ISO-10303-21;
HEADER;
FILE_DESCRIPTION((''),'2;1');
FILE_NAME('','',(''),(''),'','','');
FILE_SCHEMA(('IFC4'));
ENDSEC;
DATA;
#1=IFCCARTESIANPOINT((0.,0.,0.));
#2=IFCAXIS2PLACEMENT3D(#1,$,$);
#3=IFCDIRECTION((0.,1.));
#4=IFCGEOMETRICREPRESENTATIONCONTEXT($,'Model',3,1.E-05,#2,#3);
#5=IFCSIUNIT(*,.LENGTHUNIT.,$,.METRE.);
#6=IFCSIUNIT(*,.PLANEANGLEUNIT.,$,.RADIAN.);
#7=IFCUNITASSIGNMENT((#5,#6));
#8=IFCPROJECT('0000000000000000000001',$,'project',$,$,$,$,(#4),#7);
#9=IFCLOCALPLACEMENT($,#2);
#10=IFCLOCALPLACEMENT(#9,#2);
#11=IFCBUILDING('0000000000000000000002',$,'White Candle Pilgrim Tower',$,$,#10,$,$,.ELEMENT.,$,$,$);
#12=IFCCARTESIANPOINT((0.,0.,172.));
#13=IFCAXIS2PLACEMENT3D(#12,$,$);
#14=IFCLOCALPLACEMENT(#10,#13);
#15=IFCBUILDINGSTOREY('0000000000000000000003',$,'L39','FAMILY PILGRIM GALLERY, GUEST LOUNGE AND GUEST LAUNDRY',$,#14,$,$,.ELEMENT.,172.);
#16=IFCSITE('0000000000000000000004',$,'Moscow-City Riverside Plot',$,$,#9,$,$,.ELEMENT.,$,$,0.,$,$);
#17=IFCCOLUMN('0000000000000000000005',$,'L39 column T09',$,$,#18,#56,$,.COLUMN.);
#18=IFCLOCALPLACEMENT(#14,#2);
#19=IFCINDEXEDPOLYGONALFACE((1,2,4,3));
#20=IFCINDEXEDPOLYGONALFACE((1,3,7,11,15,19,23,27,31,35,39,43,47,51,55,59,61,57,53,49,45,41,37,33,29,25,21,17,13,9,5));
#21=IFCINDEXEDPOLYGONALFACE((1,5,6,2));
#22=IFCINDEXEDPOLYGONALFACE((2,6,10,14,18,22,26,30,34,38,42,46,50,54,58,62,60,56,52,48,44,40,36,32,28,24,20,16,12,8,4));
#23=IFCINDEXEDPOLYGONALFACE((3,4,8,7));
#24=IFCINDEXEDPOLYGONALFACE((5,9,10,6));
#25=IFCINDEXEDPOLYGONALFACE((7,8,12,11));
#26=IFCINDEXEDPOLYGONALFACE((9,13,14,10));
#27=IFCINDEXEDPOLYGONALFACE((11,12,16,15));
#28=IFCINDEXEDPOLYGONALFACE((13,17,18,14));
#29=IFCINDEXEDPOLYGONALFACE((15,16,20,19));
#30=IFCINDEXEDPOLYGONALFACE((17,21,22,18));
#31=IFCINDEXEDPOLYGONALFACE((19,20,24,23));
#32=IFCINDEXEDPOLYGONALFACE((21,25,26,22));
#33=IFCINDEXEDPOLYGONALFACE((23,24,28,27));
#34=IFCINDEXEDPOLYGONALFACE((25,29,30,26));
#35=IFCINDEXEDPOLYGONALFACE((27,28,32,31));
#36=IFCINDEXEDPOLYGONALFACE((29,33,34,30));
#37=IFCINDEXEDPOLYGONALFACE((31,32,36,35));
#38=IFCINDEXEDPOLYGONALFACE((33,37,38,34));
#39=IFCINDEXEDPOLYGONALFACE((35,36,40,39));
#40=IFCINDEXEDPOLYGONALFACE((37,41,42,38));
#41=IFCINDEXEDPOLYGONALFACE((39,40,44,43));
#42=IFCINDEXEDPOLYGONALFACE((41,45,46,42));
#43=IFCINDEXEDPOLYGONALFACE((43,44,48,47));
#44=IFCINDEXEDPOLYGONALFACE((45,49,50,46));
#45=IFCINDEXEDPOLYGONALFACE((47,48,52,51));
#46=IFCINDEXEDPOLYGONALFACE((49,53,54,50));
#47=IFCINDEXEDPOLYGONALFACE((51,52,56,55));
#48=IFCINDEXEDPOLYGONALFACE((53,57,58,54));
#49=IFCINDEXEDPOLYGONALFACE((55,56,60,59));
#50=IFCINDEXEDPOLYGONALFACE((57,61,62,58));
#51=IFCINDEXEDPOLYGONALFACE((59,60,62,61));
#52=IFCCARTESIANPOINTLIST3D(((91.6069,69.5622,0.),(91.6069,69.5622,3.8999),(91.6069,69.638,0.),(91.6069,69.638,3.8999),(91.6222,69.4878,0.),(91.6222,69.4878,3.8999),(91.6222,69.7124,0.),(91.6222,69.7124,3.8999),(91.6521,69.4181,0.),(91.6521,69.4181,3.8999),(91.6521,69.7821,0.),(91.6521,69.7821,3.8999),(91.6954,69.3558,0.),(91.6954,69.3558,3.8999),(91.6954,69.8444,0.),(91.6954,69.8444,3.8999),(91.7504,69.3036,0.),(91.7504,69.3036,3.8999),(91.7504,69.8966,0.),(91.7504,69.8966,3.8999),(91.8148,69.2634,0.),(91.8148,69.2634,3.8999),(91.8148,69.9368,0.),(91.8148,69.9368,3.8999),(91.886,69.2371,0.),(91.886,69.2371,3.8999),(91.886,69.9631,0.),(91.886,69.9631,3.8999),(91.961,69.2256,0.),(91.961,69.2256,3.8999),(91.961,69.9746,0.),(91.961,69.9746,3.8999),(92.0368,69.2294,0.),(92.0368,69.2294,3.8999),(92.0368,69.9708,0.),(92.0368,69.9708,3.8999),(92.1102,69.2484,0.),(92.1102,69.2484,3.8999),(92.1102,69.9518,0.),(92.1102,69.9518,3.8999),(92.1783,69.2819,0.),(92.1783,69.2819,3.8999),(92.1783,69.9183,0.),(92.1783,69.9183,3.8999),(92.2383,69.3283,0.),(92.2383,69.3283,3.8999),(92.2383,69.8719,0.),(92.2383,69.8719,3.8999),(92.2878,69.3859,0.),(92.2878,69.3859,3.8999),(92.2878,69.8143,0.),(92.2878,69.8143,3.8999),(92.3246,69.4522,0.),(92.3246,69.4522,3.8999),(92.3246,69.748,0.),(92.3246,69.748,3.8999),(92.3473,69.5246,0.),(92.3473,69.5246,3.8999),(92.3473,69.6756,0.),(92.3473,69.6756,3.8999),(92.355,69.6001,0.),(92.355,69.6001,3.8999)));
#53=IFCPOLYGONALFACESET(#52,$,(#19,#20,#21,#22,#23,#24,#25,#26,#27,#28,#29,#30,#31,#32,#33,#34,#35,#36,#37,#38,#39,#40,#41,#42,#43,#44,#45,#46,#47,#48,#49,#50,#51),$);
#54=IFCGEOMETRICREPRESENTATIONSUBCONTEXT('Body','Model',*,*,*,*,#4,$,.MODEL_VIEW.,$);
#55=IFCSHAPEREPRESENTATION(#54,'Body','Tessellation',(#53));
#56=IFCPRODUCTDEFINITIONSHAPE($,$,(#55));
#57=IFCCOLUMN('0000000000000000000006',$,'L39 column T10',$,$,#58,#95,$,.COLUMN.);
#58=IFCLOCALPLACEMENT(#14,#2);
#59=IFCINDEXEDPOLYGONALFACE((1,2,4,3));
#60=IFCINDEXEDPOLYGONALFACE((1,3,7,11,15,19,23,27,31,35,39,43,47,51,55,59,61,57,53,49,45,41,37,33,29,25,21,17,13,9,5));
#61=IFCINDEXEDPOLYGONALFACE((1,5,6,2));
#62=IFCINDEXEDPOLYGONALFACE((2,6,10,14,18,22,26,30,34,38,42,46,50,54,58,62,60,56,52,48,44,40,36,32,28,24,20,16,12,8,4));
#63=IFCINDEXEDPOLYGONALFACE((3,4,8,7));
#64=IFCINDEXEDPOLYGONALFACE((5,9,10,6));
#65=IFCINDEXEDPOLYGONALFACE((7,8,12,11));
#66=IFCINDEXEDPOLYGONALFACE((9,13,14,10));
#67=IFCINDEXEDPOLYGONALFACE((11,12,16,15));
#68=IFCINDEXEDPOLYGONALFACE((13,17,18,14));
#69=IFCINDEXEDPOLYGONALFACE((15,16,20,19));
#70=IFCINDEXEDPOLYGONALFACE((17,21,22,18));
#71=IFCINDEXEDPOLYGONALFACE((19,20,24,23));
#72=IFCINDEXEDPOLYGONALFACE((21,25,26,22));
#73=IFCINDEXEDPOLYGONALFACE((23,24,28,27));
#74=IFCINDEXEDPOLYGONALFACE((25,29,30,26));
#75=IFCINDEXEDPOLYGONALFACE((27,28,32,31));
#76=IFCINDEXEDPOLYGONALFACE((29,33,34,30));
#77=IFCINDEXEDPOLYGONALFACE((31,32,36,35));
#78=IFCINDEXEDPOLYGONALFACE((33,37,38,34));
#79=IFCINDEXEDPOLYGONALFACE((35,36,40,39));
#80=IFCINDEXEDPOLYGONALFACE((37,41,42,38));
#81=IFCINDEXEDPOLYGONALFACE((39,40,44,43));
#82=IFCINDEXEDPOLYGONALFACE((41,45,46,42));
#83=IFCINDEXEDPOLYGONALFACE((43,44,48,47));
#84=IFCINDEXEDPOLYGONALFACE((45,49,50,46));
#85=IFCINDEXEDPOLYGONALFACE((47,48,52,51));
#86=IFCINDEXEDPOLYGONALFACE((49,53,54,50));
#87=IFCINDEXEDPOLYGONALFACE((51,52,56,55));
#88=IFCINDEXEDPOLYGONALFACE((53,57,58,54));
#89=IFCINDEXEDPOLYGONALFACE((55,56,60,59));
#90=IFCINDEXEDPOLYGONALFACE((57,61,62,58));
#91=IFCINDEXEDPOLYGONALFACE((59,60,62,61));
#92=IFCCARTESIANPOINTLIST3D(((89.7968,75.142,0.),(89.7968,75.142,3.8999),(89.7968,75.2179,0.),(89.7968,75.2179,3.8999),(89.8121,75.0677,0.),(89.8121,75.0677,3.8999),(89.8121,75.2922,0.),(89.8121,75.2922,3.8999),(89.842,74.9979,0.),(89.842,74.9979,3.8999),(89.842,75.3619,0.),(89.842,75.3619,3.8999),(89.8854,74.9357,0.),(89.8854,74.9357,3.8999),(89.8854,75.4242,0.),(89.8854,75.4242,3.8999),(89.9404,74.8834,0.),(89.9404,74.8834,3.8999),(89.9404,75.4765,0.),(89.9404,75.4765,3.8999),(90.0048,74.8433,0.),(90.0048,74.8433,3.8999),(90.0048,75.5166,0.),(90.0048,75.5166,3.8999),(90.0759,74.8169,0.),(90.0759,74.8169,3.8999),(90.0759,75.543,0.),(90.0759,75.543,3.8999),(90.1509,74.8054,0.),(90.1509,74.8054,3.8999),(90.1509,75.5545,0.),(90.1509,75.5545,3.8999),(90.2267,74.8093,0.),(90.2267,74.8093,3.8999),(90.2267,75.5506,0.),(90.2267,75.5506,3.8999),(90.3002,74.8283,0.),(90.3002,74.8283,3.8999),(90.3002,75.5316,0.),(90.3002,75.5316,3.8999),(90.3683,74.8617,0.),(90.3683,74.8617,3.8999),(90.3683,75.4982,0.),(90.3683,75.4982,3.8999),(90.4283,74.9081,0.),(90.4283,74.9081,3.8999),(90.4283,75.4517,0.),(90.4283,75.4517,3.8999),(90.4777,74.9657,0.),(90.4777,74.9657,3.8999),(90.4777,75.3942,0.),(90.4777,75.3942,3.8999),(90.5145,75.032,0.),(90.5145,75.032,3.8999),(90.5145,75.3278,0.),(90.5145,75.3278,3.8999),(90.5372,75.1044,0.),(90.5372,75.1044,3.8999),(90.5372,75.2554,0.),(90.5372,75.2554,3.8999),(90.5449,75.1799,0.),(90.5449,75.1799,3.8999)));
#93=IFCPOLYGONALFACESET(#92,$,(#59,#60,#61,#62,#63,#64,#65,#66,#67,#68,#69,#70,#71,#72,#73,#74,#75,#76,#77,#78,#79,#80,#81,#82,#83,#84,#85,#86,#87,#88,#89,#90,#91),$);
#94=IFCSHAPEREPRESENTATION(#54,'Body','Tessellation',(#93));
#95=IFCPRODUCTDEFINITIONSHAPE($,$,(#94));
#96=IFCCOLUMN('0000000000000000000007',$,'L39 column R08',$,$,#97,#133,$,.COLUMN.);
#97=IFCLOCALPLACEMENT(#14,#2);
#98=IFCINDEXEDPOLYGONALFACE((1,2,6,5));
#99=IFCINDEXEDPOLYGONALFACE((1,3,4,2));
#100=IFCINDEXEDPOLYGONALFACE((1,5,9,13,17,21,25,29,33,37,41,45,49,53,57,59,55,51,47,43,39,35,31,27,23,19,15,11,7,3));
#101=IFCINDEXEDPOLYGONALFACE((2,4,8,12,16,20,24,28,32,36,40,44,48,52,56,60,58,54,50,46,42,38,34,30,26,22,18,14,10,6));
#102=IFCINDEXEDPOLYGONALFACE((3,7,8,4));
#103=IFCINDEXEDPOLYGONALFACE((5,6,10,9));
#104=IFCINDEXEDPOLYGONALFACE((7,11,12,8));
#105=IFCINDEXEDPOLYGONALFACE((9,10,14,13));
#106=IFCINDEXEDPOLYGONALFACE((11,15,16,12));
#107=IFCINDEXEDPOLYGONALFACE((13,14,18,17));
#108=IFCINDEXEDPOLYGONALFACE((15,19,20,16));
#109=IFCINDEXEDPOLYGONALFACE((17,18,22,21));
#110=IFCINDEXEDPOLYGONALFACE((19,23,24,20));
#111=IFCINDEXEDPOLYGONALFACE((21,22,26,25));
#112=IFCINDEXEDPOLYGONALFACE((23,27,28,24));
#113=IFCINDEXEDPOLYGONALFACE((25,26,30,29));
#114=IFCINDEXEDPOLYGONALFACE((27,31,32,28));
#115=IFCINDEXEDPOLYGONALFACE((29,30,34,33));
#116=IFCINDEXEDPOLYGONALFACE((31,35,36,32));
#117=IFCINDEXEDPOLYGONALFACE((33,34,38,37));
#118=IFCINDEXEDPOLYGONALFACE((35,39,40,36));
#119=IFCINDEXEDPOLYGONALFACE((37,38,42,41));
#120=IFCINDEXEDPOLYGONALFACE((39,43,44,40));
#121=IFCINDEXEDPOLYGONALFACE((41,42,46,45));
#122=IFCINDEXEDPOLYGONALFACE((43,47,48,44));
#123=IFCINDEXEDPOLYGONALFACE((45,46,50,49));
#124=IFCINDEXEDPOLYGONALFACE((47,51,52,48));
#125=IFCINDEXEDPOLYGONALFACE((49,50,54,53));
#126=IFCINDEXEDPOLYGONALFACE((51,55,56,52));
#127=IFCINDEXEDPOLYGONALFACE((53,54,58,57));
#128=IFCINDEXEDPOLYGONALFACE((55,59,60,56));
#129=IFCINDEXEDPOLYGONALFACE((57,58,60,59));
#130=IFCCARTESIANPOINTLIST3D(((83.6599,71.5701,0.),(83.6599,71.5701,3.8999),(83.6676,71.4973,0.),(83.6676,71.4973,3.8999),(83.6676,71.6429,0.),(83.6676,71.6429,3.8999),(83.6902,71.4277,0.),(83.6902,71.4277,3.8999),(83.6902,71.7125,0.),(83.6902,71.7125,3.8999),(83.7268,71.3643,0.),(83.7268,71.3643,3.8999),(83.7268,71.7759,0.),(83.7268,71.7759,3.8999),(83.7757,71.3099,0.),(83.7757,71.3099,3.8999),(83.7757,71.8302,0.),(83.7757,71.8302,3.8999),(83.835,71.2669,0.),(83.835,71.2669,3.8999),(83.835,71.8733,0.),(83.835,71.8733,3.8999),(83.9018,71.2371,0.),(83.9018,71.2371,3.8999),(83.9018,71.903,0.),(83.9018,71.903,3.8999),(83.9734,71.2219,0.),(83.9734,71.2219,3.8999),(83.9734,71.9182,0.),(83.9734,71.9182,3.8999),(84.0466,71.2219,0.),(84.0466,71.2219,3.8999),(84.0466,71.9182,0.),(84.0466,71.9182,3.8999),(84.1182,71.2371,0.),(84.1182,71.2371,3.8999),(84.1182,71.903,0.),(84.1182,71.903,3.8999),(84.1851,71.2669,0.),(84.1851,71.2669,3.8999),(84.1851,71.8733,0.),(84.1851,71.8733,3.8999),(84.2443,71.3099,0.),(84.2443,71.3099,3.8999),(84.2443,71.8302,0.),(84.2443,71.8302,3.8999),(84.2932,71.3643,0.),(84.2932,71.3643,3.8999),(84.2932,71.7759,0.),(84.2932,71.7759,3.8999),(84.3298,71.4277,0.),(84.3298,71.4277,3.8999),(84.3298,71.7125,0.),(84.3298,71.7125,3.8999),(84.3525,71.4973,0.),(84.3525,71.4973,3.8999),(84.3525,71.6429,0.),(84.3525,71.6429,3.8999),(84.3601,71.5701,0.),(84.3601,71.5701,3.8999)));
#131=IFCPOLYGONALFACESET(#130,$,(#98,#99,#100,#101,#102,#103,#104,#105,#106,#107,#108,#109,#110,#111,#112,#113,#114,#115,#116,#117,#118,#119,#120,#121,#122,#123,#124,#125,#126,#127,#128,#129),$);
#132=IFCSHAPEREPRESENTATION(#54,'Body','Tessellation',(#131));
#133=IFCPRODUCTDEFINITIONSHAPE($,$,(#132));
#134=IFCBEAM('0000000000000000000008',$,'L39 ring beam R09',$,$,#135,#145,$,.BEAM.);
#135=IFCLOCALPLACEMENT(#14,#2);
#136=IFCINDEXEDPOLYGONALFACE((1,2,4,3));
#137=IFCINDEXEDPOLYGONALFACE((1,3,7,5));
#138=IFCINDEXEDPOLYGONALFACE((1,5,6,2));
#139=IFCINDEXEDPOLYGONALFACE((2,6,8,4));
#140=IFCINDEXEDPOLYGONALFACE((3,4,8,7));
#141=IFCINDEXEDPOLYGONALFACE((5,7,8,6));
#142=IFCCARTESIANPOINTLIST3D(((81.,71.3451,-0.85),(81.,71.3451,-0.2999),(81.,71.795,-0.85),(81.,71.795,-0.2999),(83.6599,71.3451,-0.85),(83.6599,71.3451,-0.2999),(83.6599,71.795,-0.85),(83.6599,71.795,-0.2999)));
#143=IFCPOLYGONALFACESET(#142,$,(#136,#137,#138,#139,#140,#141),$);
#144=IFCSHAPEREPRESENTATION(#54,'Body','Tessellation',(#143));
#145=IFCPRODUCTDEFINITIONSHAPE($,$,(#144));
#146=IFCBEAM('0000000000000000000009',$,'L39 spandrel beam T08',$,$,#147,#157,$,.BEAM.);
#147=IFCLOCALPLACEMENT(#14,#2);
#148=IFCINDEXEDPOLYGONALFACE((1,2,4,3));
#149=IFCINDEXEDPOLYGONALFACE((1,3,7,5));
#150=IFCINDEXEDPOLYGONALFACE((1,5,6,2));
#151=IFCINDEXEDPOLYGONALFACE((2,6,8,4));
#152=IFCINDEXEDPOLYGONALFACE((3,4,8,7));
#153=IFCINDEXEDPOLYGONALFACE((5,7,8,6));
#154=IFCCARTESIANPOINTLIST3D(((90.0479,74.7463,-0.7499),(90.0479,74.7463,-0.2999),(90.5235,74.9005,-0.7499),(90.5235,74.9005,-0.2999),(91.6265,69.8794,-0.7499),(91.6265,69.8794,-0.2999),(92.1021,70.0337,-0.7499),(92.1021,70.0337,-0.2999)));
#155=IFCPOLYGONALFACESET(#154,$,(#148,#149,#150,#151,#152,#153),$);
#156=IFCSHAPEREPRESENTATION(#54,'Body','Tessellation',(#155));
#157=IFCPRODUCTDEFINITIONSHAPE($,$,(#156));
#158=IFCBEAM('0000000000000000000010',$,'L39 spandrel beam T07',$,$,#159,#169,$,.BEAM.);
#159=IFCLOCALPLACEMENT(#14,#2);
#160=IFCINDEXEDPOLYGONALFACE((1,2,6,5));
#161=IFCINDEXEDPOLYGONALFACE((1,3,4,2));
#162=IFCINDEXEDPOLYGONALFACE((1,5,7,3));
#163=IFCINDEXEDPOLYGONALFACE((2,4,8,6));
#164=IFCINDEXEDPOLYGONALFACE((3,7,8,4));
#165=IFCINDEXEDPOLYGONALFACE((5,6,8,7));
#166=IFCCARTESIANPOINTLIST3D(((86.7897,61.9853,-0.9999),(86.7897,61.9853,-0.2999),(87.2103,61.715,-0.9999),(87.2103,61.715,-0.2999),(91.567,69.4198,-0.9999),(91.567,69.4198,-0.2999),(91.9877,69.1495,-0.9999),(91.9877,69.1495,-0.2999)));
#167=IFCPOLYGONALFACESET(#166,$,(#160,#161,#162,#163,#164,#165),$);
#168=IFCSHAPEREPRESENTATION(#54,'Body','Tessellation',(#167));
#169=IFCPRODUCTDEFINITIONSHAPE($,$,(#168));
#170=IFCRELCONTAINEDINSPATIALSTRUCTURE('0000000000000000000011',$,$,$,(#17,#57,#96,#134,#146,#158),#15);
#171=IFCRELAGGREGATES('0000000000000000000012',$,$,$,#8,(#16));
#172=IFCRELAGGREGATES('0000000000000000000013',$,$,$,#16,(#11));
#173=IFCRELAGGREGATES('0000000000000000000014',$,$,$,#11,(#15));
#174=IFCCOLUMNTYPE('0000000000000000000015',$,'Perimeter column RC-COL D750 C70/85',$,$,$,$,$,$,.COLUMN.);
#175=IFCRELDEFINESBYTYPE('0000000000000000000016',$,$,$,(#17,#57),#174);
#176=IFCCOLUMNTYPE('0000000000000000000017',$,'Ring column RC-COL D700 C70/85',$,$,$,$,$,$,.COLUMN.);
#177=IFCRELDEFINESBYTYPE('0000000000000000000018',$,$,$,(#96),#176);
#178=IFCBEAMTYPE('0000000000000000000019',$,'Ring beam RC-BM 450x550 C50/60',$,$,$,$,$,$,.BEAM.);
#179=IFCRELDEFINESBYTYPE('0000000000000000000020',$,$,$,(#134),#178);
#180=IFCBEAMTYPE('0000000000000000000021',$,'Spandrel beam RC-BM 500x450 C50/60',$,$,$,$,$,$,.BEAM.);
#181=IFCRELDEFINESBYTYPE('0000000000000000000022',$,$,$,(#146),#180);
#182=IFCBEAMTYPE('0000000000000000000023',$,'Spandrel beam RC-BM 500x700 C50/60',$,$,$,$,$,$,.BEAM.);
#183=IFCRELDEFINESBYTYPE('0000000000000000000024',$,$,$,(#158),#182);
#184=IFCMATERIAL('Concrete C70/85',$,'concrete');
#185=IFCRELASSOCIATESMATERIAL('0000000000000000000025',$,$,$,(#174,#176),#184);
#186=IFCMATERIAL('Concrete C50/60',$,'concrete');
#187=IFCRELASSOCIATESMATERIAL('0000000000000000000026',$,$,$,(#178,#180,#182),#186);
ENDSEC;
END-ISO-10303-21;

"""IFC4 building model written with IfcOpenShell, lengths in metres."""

from ifc_helpers import new_model, si_unit, direction, frame, origin, origin_2d, place, context, subcontext, project, spatial, rectangle, circle, extrude, material, material_profile, profile_set, type_object, element, save


model = new_model("IFC4")

# Units and contexts
model_context = context("Model", 3, precision=1e-05, world=origin(), true_north=direction((0.0, 1.0)))
body_context = subcontext(model_context, "Body", "Model", "MODEL_VIEW")
ifc_project = project(units=[si_unit("LENGTHUNIT", "METRE"), si_unit("PLANEANGLEUNIT", "RADIAN")], contexts=[model_context])

# Site, building, storey
site_placement = place(None, origin())
site = spatial("IfcSite", under=ifc_project, at=site_placement, Name="Moscow-City Riverside Plot", CompositionType="ELEMENT", RefElevation=0.0)
building_placement = place(site_placement, origin())
building = spatial("IfcBuilding", under=site, at=building_placement, Name="White Candle Pilgrim Tower", CompositionType="ELEMENT")
storey_placement = place(building_placement, frame((0.0, 0.0, 172.0)))
storey = spatial("IfcBuildingStorey", under=building, at=storey_placement, Name="L39", Description="FAMILY PILGRIM GALLERY, GUEST LOUNGE AND GUEST LAUNDRY", CompositionType="ELEMENT", Elevation=172.0)

# Columns
ifc_material_1 = material(Name="Concrete C70/85", Category="concrete")
ifc_material_profile_1 = material_profile(ifc_material_1, circle(Radius=0.375, at=origin_2d()), Name="RC-COL D750")
ifc_profile_set_1 = profile_set([ifc_material_profile_1], Name="Concrete C70/85")
column_type_1 = type_object("IfcColumnType", Name="Perimeter column RC-COL D750 C70/85", PredefinedType="COLUMN", material=ifc_profile_set_1)
for number, where, z_axis, x_axis, name in (
    (1, (91.98, 69.6001, 0.0), (0.0, 0.0, 1.0), (1.0, 0.0, 0.0), "L39 column T09"),
    (2, (90.1699, 75.1799, 0.0), (0.0, 0.0, 1.0), (1.0, 0.0, 0.0), "L39 column T10"),
):
    element("IfcColumn", number, at=place(storey_placement, frame(where, z_axis=z_axis, x_axis=x_axis)), inside=storey, type_object=column_type_1, Name=name, PredefinedType="COLUMN", context=body_context, shape_type="SweptSolid", body=[
        extrude(circle(Radius=0.375, at=origin_2d()), origin(), (0.0, 0.0, 1.0), 3.8999),
    ])
ifc_material_profile_2 = material_profile(ifc_material_1, circle(Radius=0.3501, at=origin_2d()), Name="RC-COL D700")
ifc_profile_set_2 = profile_set([ifc_material_profile_2], Name="Concrete C70/85")
column_type_2 = type_object("IfcColumnType", Name="Ring column RC-COL D700 C70/85", PredefinedType="COLUMN", material=ifc_profile_set_2)
column_placement = place(storey_placement, frame((84.01, 71.5701, 0.0), z_axis=(0.0, 0.0, 1.0), x_axis=(1.0, 0.0, 0.0)))
element("IfcColumn", 3, at=column_placement, inside=storey, type_object=column_type_2, Name="L39 column R08", PredefinedType="COLUMN", context=body_context, shape_type="SweptSolid", body=[
    extrude(circle(Radius=0.3501, at=origin_2d()), origin(), (0.0, 0.0, 1.0), 3.8999),
])

# Beams
ifc_material_2 = material(Name="Concrete C50/60", Category="concrete")
ifc_material_profile_3 = material_profile(ifc_material_2, rectangle(XDim=0.45, YDim=0.55, at=origin_2d()), Name="RC-BM 450x550")
ifc_profile_set_3 = profile_set([ifc_material_profile_3], Name="Concrete C50/60")
beam_type_1 = type_object("IfcBeamType", Name="Ring beam RC-BM 450x550 C50/60", PredefinedType="BEAM", material=ifc_profile_set_3)
beam_1_placement = place(storey_placement, frame((83.6599, 71.5701, -0.575), z_axis=(-1.0, 0.0, 0.0), x_axis=(0.0, -1.0, 0.0)))
element("IfcBeam", 4, at=beam_1_placement, inside=storey, type_object=beam_type_1, Name="L39 ring beam R09", PredefinedType="BEAM", context=body_context, shape_type="SweptSolid", body=[
    extrude(rectangle(XDim=0.45, YDim=0.55, at=origin_2d()), origin(), (0.0, 0.0, 1.0), 2.6599),
])
ifc_material_profile_4 = material_profile(ifc_material_2, rectangle(XDim=0.5, YDim=0.45, at=origin_2d()), Name="RC-BM 500x450")
ifc_profile_set_4 = profile_set([ifc_material_profile_4], Name="Concrete C50/60")
beam_type_2 = type_object("IfcBeamType", Name="Spandrel beam RC-BM 500x450 C50/60", PredefinedType="BEAM", material=ifc_profile_set_4)
beam_2_placement = place(storey_placement, frame((91.8643, 69.9565, -0.5249), z_axis=(-0.30853, 0.951214, 0.0), x_axis=(-0.951214, -0.30853, 0.0)))
element("IfcBeam", 5, at=beam_2_placement, inside=storey, type_object=beam_type_2, Name="L39 spandrel beam T08", PredefinedType="BEAM", context=body_context, shape_type="SweptSolid", body=[
    extrude(rectangle(XDim=0.5, YDim=0.45, at=origin_2d()), origin(), (0.0, 0.0, 1.0), 5.1165),
])
ifc_material_profile_5 = material_profile(ifc_material_2, rectangle(XDim=0.5, YDim=0.7, at=origin_2d()), Name="RC-BM 500x700")
ifc_profile_set_5 = profile_set([ifc_material_profile_5], Name="Concrete C50/60")
beam_type_3 = type_object("IfcBeamType", Name="Spandrel beam RC-BM 500x700 C50/60", PredefinedType="BEAM", material=ifc_profile_set_5)
beam_3_placement = place(storey_placement, frame((91.7773, 69.2847, -0.6499), z_axis=(-0.540596, -0.841283, 0.0), x_axis=(0.841283, -0.540596, 0.0)))
element("IfcBeam", 6, at=beam_3_placement, inside=storey, type_object=beam_type_3, Name="L39 spandrel beam T07", PredefinedType="BEAM", context=body_context, shape_type="SweptSolid", body=[
    extrude(rectangle(XDim=0.5, YDim=0.7, at=origin_2d()), origin(), (0.0, 0.0, 1.0), 8.8372),
])

save(model, "model.ifc")
